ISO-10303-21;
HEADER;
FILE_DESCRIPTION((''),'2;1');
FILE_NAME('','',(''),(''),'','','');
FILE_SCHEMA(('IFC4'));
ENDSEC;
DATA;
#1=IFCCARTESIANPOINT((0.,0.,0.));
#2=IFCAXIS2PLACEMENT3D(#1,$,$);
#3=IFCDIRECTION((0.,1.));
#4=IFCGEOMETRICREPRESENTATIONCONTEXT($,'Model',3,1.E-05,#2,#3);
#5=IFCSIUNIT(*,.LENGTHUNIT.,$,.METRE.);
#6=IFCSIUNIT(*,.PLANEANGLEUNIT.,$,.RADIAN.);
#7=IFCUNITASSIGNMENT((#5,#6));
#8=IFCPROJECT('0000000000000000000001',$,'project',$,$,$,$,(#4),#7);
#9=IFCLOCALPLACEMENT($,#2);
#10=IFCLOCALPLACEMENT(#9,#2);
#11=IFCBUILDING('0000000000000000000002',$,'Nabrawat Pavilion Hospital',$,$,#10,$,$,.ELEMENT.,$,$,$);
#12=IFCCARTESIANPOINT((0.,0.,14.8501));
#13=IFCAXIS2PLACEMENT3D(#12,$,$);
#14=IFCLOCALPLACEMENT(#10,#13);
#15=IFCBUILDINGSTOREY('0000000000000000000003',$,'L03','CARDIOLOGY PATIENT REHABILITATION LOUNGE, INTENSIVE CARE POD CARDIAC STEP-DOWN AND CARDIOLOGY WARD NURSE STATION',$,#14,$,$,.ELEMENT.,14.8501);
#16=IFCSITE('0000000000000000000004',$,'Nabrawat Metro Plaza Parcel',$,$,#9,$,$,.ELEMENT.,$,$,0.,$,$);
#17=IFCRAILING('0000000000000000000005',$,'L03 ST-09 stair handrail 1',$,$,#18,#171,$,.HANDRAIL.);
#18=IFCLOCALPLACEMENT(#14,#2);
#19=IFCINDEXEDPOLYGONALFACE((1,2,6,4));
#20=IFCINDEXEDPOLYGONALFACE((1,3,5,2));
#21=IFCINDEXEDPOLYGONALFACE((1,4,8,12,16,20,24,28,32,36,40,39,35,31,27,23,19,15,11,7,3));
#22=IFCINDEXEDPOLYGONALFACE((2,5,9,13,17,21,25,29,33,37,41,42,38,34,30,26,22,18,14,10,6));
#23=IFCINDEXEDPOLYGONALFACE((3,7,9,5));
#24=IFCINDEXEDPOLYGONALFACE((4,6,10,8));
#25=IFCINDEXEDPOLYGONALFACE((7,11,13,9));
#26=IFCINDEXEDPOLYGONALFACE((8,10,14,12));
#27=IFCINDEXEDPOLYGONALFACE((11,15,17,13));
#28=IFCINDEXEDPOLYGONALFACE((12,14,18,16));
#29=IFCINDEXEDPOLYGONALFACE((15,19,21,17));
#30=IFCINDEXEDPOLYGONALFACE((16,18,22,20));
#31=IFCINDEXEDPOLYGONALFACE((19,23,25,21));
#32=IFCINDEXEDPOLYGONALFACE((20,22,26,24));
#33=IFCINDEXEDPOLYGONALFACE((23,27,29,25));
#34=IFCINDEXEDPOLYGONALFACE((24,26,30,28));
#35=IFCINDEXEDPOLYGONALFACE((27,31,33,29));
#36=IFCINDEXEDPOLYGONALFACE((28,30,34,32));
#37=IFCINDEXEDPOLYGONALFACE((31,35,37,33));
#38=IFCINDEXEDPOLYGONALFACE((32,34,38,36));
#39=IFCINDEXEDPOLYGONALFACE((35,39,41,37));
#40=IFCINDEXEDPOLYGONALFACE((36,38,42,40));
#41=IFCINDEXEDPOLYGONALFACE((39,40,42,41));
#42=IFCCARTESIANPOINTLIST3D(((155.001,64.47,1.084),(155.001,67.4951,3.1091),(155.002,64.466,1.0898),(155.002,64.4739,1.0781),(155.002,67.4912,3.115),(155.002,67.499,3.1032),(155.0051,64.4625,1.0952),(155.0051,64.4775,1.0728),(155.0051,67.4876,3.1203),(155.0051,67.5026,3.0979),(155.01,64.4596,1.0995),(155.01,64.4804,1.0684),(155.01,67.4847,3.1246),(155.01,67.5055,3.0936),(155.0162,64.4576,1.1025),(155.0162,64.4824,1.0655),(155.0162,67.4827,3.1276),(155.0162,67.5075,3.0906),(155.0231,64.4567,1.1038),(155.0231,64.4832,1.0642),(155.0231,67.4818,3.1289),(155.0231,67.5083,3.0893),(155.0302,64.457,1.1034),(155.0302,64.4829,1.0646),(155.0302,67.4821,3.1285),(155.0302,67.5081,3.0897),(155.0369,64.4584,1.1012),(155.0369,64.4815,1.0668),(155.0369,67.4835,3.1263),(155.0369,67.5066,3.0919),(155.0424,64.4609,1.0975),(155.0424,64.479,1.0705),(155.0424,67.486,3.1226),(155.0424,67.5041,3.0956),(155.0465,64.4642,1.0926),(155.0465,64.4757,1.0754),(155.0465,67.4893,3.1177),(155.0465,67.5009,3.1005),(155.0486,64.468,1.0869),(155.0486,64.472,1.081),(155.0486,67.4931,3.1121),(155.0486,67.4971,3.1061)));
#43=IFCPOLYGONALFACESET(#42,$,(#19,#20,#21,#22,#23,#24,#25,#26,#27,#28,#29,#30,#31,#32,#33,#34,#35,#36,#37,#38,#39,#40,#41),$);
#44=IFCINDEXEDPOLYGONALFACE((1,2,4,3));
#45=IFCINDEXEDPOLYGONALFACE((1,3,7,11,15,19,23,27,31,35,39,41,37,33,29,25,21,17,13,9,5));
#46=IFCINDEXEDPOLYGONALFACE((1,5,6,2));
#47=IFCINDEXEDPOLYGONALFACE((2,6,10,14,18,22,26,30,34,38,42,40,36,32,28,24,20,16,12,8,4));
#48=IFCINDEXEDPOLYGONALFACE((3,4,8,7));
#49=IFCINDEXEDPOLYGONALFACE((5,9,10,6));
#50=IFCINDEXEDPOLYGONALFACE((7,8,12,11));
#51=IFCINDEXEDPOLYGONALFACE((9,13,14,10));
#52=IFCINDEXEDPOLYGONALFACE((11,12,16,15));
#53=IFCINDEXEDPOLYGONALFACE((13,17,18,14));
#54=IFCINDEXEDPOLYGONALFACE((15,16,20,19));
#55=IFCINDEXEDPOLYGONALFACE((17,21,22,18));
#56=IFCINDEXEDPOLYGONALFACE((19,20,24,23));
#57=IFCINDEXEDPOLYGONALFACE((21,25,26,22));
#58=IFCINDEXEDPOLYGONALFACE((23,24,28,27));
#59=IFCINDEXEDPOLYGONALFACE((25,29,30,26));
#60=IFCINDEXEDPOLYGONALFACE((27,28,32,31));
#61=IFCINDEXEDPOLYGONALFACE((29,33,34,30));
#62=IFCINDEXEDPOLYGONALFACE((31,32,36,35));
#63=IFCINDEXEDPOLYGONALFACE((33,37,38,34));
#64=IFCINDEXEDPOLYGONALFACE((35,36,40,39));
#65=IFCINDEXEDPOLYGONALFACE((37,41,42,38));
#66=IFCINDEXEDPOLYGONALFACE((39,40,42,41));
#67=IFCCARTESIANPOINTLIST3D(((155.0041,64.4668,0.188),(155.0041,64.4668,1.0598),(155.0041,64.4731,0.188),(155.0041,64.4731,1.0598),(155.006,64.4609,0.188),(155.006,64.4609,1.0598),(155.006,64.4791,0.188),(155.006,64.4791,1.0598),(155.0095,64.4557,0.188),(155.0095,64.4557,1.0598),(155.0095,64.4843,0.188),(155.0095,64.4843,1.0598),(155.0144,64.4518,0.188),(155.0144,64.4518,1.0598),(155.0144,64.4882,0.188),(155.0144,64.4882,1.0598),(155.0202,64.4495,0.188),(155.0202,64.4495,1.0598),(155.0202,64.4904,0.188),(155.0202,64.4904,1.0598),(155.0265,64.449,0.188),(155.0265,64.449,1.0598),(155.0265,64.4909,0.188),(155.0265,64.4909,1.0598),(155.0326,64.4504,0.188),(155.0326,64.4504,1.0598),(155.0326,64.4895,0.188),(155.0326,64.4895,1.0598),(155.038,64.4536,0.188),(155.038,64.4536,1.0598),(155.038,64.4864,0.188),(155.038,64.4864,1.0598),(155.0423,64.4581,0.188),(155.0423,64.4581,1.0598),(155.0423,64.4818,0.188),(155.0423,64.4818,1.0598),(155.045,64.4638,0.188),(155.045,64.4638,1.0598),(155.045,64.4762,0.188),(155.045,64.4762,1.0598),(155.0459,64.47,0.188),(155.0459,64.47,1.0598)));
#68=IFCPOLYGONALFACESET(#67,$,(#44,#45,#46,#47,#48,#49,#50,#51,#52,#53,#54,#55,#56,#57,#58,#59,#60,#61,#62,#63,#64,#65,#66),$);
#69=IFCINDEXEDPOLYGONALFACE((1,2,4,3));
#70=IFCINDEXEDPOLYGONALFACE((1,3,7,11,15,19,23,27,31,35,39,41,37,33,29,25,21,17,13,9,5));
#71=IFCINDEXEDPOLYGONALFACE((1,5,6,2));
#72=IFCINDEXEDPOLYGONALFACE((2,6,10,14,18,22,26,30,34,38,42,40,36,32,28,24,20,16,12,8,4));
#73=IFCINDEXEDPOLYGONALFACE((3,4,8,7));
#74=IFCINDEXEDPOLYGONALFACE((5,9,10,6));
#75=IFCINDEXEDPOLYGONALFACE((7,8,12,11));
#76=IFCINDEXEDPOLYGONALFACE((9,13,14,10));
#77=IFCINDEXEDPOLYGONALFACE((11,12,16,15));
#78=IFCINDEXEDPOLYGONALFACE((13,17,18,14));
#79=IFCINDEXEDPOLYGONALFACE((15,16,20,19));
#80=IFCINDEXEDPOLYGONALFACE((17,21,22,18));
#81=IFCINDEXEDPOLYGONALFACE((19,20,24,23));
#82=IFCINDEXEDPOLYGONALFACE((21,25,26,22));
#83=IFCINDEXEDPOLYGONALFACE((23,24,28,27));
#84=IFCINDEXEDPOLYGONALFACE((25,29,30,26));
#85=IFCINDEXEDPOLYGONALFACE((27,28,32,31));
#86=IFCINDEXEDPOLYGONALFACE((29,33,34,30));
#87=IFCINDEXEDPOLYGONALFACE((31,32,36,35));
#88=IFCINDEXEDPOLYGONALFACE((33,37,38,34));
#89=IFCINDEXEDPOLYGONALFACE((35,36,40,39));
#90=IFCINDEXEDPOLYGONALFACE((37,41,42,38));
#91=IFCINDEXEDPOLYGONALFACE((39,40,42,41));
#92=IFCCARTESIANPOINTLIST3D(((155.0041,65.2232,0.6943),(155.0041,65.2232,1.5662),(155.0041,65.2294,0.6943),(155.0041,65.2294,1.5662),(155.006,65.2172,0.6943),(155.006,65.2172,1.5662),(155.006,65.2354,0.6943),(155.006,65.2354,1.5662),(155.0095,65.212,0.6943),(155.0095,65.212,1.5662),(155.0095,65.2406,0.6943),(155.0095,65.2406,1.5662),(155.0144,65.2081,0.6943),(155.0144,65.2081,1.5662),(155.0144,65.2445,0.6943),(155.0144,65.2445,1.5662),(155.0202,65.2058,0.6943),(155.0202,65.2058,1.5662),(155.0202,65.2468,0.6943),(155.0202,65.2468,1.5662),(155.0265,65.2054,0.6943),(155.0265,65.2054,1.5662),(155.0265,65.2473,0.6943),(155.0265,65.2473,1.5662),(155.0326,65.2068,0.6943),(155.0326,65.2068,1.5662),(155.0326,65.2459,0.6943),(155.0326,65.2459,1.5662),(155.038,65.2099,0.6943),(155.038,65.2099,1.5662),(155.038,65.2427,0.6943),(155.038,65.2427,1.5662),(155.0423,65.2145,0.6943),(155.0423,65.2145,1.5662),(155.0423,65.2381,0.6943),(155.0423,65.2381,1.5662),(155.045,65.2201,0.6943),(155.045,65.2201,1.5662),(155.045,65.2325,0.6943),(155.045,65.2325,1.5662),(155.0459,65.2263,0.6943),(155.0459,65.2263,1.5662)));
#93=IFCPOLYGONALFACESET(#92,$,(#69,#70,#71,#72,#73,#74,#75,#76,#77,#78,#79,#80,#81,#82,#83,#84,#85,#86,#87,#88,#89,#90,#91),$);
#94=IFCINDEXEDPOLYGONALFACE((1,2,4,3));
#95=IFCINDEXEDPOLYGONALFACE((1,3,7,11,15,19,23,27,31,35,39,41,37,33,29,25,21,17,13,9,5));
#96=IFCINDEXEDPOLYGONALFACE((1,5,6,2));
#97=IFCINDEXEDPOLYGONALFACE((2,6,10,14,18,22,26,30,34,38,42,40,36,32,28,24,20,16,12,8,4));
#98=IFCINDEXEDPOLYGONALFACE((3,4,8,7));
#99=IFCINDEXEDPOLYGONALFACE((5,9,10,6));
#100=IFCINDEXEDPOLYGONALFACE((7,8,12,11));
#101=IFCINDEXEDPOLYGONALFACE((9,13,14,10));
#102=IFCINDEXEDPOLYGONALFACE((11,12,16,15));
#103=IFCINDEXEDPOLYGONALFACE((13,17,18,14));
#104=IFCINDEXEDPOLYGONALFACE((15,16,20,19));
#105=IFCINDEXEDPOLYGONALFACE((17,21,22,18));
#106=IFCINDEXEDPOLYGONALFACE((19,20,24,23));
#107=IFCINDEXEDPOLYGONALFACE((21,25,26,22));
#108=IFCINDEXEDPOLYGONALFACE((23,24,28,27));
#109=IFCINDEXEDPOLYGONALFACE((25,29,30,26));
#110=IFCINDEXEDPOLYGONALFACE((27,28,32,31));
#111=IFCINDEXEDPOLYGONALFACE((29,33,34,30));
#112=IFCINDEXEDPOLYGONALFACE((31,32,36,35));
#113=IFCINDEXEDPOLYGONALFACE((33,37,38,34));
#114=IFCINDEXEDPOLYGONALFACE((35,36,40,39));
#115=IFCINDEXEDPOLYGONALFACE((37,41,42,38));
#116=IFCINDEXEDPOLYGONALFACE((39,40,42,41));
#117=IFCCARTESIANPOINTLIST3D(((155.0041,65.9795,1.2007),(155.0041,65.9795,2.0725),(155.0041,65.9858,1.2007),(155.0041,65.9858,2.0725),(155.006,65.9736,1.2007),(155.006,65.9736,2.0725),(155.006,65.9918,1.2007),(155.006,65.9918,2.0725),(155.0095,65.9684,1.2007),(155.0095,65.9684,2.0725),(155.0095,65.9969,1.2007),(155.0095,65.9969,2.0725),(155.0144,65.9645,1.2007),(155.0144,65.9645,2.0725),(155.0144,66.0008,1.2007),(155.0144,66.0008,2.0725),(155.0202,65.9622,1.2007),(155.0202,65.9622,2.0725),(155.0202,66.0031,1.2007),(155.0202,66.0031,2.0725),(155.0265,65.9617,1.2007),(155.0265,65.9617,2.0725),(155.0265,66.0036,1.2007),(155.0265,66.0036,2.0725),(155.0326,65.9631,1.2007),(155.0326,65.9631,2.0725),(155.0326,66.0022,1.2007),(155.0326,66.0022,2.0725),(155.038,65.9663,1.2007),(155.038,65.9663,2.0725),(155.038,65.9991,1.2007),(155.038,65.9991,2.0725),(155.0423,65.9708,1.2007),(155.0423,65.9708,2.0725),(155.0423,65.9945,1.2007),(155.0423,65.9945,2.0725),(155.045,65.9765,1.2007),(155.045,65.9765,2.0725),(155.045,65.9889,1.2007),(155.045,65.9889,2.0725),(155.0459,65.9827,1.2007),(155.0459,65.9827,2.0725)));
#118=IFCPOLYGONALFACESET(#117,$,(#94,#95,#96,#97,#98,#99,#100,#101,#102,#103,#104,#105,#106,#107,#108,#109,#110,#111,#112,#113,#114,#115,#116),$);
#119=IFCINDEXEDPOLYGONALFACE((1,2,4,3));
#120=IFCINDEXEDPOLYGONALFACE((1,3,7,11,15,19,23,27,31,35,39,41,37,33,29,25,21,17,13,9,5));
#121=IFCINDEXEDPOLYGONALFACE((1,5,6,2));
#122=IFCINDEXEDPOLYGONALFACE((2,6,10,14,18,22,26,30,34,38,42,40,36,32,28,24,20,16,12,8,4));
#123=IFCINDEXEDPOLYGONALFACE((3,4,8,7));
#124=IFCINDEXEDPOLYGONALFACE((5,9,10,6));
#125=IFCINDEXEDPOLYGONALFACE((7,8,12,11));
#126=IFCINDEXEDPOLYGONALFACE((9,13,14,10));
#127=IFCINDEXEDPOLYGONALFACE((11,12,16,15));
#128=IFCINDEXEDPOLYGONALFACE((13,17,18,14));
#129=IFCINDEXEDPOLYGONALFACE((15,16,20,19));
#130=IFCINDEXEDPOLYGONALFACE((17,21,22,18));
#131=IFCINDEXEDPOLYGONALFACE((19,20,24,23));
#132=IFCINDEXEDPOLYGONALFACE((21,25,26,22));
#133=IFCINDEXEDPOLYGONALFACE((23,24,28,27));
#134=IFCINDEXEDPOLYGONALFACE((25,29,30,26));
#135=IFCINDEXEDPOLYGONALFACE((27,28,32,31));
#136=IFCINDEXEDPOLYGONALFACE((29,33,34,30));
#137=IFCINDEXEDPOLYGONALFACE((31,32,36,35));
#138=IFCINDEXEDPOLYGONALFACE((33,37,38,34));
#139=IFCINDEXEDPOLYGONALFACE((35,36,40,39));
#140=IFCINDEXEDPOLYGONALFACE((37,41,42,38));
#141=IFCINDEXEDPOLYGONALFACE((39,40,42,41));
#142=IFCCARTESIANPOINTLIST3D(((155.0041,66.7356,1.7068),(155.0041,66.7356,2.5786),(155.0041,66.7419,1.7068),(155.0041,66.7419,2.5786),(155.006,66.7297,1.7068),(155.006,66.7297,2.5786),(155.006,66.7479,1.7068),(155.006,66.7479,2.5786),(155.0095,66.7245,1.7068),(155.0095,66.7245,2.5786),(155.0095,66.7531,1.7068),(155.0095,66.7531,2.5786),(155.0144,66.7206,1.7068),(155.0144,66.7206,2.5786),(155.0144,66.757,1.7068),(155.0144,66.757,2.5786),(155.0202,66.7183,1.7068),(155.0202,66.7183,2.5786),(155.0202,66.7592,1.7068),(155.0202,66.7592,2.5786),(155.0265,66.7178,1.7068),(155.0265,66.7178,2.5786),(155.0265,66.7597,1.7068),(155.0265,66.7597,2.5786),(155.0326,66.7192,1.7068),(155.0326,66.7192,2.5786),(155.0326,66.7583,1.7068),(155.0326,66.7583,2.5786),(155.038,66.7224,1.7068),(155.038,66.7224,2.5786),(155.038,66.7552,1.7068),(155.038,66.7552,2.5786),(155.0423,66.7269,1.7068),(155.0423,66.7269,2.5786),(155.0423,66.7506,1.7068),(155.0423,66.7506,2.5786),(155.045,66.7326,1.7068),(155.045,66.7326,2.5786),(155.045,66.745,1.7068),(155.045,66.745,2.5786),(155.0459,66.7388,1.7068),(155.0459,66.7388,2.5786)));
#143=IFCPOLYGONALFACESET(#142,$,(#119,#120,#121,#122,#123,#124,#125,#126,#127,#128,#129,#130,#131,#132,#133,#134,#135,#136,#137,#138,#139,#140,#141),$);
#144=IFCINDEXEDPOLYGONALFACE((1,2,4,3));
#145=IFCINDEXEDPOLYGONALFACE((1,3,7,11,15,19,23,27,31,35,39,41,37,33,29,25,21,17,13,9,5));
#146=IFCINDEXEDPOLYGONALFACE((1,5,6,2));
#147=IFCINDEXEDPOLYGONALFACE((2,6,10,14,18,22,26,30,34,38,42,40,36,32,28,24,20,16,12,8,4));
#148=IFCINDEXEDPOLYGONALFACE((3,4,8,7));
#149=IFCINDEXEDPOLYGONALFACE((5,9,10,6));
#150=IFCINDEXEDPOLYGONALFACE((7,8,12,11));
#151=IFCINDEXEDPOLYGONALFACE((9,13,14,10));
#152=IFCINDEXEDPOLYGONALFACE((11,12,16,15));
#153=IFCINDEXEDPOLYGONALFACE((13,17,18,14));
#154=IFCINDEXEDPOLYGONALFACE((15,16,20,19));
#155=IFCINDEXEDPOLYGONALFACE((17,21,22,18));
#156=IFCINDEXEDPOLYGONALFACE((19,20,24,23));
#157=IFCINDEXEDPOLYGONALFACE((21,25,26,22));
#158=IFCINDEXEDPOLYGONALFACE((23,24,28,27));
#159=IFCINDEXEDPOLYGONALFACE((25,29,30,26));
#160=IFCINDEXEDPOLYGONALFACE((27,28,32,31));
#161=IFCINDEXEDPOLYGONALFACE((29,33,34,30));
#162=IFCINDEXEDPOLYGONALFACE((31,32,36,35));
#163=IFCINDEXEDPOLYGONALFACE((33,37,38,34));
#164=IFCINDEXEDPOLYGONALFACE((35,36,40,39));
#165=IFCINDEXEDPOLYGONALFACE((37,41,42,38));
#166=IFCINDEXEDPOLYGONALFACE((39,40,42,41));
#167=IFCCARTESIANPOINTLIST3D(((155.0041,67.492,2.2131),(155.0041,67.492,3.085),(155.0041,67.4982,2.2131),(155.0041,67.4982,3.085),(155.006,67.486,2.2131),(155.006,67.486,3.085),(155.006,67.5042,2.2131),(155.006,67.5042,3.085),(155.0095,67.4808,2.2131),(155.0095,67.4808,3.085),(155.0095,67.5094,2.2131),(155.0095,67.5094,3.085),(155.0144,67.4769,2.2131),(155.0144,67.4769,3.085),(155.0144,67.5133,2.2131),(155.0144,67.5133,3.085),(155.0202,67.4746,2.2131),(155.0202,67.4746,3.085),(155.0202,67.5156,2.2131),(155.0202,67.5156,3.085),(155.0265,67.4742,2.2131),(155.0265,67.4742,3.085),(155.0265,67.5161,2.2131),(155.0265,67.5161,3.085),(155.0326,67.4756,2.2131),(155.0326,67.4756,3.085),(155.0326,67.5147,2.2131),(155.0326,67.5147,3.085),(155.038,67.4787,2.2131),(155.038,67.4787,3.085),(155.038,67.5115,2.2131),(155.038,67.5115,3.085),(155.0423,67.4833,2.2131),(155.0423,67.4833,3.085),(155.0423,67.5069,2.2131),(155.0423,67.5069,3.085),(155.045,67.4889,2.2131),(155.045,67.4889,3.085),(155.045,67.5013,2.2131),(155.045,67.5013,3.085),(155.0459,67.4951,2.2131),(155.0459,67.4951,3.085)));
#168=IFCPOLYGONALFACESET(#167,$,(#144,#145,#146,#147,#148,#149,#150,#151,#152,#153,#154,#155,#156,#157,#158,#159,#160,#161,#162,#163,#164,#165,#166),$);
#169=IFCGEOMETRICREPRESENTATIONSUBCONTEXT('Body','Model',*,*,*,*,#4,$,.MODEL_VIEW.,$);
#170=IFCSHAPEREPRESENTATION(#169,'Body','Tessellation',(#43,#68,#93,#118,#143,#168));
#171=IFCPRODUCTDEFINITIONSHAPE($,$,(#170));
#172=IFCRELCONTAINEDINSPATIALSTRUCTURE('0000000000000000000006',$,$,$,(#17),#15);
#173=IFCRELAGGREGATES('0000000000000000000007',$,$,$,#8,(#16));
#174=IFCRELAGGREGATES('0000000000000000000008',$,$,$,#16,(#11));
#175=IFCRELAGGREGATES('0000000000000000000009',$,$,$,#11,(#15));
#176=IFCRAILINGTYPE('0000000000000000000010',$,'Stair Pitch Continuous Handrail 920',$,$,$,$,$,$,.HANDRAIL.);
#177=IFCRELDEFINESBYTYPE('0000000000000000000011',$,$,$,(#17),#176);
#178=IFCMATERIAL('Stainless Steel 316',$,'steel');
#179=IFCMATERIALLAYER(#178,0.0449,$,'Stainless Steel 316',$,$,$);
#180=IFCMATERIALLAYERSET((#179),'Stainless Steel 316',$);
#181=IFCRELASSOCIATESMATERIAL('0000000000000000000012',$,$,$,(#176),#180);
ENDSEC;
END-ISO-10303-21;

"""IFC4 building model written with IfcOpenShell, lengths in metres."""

from ifc_helpers import new_model, si_unit, direction, frame, origin, origin_2d, place, context, subcontext, project, spatial, circle, extrude, material, layer, layer_set, type_object, element, save


model = new_model("IFC4")

# Units and contexts
model_context = context("Model", 3, precision=1e-05, world=origin(), true_north=direction((0.0, 1.0)))
body_context = subcontext(model_context, "Body", "Model", "MODEL_VIEW")
ifc_project = project(units=[si_unit("LENGTHUNIT", "METRE"), si_unit("PLANEANGLEUNIT", "RADIAN")], contexts=[model_context])

# Site, building, storey
site_placement = place(None, origin())
site = spatial("IfcSite", under=ifc_project, at=site_placement, Name="Nabrawat Metro Plaza Parcel", CompositionType="ELEMENT", RefElevation=0.0)
building_placement = place(site_placement, origin())
building = spatial("IfcBuilding", under=site, at=building_placement, Name="Nabrawat Pavilion Hospital", CompositionType="ELEMENT")
storey_placement = place(building_placement, frame((0.0, 0.0, 14.8501)))
storey = spatial("IfcBuildingStorey", under=building, at=storey_placement, Name="L03", Description="CARDIOLOGY PATIENT REHABILITATION LOUNGE, INTENSIVE CARE POD CARDIAC STEP-DOWN AND CARDIOLOGY WARD NURSE STATION", CompositionType="ELEMENT", Elevation=14.8501)

# Railing
ifc_material_1 = material(Name="Stainless Steel 316", Category="steel")
ifc_layer_1 = layer(ifc_material_1, 0.0449, Name="Stainless Steel 316")
ifc_layer_set_1 = layer_set([ifc_layer_1], Name="Stainless Steel 316")
railing_type_1 = type_object("IfcRailingType", Name="Stair Pitch Continuous Handrail 920", PredefinedType="HANDRAIL", material=ifc_layer_set_1)
railing_1_placement = place(storey_placement, frame((155.0249, 64.47, 0.188)))
element("IfcRailing", 1, at=railing_1_placement, inside=storey, type_object=railing_type_1, Name="L03 ST-09 stair handrail 1", PredefinedType="HANDRAIL", context=body_context, shape_type="SweptSolid", body=[
    extrude(circle(Radius=0.0239, at=origin_2d()), frame((0.0, 0.0, 0.896), z_axis=(0.0, 0.830986, 0.556293), x_axis=(-1.0, 0.0, 0.0)), (0.0, 0.0, 1.0), 3.6404),
    extrude(circle(Radius=0.021, at=origin_2d()), origin(), (0.0, 0.0, 1.0), 0.8718),
    extrude(circle(Radius=0.021, at=origin_2d()), frame((0.0, 0.7563, 0.5063)), (0.0, 0.0, 1.0), 0.8718),
    extrude(circle(Radius=0.021, at=origin_2d()), frame((0.0, 1.5127, 1.0127)), (0.0, 0.0, 1.0), 0.8718),
    extrude(circle(Radius=0.021, at=origin_2d()), frame((0.0, 2.2688, 1.5188)), (0.0, 0.0, 1.0), 0.8718),
    extrude(circle(Radius=0.021, at=origin_2d()), frame((0.0, 3.0251, 2.0251)), (0.0, 0.0, 1.0), 0.8718),
])

save(model, "model.ifc")
